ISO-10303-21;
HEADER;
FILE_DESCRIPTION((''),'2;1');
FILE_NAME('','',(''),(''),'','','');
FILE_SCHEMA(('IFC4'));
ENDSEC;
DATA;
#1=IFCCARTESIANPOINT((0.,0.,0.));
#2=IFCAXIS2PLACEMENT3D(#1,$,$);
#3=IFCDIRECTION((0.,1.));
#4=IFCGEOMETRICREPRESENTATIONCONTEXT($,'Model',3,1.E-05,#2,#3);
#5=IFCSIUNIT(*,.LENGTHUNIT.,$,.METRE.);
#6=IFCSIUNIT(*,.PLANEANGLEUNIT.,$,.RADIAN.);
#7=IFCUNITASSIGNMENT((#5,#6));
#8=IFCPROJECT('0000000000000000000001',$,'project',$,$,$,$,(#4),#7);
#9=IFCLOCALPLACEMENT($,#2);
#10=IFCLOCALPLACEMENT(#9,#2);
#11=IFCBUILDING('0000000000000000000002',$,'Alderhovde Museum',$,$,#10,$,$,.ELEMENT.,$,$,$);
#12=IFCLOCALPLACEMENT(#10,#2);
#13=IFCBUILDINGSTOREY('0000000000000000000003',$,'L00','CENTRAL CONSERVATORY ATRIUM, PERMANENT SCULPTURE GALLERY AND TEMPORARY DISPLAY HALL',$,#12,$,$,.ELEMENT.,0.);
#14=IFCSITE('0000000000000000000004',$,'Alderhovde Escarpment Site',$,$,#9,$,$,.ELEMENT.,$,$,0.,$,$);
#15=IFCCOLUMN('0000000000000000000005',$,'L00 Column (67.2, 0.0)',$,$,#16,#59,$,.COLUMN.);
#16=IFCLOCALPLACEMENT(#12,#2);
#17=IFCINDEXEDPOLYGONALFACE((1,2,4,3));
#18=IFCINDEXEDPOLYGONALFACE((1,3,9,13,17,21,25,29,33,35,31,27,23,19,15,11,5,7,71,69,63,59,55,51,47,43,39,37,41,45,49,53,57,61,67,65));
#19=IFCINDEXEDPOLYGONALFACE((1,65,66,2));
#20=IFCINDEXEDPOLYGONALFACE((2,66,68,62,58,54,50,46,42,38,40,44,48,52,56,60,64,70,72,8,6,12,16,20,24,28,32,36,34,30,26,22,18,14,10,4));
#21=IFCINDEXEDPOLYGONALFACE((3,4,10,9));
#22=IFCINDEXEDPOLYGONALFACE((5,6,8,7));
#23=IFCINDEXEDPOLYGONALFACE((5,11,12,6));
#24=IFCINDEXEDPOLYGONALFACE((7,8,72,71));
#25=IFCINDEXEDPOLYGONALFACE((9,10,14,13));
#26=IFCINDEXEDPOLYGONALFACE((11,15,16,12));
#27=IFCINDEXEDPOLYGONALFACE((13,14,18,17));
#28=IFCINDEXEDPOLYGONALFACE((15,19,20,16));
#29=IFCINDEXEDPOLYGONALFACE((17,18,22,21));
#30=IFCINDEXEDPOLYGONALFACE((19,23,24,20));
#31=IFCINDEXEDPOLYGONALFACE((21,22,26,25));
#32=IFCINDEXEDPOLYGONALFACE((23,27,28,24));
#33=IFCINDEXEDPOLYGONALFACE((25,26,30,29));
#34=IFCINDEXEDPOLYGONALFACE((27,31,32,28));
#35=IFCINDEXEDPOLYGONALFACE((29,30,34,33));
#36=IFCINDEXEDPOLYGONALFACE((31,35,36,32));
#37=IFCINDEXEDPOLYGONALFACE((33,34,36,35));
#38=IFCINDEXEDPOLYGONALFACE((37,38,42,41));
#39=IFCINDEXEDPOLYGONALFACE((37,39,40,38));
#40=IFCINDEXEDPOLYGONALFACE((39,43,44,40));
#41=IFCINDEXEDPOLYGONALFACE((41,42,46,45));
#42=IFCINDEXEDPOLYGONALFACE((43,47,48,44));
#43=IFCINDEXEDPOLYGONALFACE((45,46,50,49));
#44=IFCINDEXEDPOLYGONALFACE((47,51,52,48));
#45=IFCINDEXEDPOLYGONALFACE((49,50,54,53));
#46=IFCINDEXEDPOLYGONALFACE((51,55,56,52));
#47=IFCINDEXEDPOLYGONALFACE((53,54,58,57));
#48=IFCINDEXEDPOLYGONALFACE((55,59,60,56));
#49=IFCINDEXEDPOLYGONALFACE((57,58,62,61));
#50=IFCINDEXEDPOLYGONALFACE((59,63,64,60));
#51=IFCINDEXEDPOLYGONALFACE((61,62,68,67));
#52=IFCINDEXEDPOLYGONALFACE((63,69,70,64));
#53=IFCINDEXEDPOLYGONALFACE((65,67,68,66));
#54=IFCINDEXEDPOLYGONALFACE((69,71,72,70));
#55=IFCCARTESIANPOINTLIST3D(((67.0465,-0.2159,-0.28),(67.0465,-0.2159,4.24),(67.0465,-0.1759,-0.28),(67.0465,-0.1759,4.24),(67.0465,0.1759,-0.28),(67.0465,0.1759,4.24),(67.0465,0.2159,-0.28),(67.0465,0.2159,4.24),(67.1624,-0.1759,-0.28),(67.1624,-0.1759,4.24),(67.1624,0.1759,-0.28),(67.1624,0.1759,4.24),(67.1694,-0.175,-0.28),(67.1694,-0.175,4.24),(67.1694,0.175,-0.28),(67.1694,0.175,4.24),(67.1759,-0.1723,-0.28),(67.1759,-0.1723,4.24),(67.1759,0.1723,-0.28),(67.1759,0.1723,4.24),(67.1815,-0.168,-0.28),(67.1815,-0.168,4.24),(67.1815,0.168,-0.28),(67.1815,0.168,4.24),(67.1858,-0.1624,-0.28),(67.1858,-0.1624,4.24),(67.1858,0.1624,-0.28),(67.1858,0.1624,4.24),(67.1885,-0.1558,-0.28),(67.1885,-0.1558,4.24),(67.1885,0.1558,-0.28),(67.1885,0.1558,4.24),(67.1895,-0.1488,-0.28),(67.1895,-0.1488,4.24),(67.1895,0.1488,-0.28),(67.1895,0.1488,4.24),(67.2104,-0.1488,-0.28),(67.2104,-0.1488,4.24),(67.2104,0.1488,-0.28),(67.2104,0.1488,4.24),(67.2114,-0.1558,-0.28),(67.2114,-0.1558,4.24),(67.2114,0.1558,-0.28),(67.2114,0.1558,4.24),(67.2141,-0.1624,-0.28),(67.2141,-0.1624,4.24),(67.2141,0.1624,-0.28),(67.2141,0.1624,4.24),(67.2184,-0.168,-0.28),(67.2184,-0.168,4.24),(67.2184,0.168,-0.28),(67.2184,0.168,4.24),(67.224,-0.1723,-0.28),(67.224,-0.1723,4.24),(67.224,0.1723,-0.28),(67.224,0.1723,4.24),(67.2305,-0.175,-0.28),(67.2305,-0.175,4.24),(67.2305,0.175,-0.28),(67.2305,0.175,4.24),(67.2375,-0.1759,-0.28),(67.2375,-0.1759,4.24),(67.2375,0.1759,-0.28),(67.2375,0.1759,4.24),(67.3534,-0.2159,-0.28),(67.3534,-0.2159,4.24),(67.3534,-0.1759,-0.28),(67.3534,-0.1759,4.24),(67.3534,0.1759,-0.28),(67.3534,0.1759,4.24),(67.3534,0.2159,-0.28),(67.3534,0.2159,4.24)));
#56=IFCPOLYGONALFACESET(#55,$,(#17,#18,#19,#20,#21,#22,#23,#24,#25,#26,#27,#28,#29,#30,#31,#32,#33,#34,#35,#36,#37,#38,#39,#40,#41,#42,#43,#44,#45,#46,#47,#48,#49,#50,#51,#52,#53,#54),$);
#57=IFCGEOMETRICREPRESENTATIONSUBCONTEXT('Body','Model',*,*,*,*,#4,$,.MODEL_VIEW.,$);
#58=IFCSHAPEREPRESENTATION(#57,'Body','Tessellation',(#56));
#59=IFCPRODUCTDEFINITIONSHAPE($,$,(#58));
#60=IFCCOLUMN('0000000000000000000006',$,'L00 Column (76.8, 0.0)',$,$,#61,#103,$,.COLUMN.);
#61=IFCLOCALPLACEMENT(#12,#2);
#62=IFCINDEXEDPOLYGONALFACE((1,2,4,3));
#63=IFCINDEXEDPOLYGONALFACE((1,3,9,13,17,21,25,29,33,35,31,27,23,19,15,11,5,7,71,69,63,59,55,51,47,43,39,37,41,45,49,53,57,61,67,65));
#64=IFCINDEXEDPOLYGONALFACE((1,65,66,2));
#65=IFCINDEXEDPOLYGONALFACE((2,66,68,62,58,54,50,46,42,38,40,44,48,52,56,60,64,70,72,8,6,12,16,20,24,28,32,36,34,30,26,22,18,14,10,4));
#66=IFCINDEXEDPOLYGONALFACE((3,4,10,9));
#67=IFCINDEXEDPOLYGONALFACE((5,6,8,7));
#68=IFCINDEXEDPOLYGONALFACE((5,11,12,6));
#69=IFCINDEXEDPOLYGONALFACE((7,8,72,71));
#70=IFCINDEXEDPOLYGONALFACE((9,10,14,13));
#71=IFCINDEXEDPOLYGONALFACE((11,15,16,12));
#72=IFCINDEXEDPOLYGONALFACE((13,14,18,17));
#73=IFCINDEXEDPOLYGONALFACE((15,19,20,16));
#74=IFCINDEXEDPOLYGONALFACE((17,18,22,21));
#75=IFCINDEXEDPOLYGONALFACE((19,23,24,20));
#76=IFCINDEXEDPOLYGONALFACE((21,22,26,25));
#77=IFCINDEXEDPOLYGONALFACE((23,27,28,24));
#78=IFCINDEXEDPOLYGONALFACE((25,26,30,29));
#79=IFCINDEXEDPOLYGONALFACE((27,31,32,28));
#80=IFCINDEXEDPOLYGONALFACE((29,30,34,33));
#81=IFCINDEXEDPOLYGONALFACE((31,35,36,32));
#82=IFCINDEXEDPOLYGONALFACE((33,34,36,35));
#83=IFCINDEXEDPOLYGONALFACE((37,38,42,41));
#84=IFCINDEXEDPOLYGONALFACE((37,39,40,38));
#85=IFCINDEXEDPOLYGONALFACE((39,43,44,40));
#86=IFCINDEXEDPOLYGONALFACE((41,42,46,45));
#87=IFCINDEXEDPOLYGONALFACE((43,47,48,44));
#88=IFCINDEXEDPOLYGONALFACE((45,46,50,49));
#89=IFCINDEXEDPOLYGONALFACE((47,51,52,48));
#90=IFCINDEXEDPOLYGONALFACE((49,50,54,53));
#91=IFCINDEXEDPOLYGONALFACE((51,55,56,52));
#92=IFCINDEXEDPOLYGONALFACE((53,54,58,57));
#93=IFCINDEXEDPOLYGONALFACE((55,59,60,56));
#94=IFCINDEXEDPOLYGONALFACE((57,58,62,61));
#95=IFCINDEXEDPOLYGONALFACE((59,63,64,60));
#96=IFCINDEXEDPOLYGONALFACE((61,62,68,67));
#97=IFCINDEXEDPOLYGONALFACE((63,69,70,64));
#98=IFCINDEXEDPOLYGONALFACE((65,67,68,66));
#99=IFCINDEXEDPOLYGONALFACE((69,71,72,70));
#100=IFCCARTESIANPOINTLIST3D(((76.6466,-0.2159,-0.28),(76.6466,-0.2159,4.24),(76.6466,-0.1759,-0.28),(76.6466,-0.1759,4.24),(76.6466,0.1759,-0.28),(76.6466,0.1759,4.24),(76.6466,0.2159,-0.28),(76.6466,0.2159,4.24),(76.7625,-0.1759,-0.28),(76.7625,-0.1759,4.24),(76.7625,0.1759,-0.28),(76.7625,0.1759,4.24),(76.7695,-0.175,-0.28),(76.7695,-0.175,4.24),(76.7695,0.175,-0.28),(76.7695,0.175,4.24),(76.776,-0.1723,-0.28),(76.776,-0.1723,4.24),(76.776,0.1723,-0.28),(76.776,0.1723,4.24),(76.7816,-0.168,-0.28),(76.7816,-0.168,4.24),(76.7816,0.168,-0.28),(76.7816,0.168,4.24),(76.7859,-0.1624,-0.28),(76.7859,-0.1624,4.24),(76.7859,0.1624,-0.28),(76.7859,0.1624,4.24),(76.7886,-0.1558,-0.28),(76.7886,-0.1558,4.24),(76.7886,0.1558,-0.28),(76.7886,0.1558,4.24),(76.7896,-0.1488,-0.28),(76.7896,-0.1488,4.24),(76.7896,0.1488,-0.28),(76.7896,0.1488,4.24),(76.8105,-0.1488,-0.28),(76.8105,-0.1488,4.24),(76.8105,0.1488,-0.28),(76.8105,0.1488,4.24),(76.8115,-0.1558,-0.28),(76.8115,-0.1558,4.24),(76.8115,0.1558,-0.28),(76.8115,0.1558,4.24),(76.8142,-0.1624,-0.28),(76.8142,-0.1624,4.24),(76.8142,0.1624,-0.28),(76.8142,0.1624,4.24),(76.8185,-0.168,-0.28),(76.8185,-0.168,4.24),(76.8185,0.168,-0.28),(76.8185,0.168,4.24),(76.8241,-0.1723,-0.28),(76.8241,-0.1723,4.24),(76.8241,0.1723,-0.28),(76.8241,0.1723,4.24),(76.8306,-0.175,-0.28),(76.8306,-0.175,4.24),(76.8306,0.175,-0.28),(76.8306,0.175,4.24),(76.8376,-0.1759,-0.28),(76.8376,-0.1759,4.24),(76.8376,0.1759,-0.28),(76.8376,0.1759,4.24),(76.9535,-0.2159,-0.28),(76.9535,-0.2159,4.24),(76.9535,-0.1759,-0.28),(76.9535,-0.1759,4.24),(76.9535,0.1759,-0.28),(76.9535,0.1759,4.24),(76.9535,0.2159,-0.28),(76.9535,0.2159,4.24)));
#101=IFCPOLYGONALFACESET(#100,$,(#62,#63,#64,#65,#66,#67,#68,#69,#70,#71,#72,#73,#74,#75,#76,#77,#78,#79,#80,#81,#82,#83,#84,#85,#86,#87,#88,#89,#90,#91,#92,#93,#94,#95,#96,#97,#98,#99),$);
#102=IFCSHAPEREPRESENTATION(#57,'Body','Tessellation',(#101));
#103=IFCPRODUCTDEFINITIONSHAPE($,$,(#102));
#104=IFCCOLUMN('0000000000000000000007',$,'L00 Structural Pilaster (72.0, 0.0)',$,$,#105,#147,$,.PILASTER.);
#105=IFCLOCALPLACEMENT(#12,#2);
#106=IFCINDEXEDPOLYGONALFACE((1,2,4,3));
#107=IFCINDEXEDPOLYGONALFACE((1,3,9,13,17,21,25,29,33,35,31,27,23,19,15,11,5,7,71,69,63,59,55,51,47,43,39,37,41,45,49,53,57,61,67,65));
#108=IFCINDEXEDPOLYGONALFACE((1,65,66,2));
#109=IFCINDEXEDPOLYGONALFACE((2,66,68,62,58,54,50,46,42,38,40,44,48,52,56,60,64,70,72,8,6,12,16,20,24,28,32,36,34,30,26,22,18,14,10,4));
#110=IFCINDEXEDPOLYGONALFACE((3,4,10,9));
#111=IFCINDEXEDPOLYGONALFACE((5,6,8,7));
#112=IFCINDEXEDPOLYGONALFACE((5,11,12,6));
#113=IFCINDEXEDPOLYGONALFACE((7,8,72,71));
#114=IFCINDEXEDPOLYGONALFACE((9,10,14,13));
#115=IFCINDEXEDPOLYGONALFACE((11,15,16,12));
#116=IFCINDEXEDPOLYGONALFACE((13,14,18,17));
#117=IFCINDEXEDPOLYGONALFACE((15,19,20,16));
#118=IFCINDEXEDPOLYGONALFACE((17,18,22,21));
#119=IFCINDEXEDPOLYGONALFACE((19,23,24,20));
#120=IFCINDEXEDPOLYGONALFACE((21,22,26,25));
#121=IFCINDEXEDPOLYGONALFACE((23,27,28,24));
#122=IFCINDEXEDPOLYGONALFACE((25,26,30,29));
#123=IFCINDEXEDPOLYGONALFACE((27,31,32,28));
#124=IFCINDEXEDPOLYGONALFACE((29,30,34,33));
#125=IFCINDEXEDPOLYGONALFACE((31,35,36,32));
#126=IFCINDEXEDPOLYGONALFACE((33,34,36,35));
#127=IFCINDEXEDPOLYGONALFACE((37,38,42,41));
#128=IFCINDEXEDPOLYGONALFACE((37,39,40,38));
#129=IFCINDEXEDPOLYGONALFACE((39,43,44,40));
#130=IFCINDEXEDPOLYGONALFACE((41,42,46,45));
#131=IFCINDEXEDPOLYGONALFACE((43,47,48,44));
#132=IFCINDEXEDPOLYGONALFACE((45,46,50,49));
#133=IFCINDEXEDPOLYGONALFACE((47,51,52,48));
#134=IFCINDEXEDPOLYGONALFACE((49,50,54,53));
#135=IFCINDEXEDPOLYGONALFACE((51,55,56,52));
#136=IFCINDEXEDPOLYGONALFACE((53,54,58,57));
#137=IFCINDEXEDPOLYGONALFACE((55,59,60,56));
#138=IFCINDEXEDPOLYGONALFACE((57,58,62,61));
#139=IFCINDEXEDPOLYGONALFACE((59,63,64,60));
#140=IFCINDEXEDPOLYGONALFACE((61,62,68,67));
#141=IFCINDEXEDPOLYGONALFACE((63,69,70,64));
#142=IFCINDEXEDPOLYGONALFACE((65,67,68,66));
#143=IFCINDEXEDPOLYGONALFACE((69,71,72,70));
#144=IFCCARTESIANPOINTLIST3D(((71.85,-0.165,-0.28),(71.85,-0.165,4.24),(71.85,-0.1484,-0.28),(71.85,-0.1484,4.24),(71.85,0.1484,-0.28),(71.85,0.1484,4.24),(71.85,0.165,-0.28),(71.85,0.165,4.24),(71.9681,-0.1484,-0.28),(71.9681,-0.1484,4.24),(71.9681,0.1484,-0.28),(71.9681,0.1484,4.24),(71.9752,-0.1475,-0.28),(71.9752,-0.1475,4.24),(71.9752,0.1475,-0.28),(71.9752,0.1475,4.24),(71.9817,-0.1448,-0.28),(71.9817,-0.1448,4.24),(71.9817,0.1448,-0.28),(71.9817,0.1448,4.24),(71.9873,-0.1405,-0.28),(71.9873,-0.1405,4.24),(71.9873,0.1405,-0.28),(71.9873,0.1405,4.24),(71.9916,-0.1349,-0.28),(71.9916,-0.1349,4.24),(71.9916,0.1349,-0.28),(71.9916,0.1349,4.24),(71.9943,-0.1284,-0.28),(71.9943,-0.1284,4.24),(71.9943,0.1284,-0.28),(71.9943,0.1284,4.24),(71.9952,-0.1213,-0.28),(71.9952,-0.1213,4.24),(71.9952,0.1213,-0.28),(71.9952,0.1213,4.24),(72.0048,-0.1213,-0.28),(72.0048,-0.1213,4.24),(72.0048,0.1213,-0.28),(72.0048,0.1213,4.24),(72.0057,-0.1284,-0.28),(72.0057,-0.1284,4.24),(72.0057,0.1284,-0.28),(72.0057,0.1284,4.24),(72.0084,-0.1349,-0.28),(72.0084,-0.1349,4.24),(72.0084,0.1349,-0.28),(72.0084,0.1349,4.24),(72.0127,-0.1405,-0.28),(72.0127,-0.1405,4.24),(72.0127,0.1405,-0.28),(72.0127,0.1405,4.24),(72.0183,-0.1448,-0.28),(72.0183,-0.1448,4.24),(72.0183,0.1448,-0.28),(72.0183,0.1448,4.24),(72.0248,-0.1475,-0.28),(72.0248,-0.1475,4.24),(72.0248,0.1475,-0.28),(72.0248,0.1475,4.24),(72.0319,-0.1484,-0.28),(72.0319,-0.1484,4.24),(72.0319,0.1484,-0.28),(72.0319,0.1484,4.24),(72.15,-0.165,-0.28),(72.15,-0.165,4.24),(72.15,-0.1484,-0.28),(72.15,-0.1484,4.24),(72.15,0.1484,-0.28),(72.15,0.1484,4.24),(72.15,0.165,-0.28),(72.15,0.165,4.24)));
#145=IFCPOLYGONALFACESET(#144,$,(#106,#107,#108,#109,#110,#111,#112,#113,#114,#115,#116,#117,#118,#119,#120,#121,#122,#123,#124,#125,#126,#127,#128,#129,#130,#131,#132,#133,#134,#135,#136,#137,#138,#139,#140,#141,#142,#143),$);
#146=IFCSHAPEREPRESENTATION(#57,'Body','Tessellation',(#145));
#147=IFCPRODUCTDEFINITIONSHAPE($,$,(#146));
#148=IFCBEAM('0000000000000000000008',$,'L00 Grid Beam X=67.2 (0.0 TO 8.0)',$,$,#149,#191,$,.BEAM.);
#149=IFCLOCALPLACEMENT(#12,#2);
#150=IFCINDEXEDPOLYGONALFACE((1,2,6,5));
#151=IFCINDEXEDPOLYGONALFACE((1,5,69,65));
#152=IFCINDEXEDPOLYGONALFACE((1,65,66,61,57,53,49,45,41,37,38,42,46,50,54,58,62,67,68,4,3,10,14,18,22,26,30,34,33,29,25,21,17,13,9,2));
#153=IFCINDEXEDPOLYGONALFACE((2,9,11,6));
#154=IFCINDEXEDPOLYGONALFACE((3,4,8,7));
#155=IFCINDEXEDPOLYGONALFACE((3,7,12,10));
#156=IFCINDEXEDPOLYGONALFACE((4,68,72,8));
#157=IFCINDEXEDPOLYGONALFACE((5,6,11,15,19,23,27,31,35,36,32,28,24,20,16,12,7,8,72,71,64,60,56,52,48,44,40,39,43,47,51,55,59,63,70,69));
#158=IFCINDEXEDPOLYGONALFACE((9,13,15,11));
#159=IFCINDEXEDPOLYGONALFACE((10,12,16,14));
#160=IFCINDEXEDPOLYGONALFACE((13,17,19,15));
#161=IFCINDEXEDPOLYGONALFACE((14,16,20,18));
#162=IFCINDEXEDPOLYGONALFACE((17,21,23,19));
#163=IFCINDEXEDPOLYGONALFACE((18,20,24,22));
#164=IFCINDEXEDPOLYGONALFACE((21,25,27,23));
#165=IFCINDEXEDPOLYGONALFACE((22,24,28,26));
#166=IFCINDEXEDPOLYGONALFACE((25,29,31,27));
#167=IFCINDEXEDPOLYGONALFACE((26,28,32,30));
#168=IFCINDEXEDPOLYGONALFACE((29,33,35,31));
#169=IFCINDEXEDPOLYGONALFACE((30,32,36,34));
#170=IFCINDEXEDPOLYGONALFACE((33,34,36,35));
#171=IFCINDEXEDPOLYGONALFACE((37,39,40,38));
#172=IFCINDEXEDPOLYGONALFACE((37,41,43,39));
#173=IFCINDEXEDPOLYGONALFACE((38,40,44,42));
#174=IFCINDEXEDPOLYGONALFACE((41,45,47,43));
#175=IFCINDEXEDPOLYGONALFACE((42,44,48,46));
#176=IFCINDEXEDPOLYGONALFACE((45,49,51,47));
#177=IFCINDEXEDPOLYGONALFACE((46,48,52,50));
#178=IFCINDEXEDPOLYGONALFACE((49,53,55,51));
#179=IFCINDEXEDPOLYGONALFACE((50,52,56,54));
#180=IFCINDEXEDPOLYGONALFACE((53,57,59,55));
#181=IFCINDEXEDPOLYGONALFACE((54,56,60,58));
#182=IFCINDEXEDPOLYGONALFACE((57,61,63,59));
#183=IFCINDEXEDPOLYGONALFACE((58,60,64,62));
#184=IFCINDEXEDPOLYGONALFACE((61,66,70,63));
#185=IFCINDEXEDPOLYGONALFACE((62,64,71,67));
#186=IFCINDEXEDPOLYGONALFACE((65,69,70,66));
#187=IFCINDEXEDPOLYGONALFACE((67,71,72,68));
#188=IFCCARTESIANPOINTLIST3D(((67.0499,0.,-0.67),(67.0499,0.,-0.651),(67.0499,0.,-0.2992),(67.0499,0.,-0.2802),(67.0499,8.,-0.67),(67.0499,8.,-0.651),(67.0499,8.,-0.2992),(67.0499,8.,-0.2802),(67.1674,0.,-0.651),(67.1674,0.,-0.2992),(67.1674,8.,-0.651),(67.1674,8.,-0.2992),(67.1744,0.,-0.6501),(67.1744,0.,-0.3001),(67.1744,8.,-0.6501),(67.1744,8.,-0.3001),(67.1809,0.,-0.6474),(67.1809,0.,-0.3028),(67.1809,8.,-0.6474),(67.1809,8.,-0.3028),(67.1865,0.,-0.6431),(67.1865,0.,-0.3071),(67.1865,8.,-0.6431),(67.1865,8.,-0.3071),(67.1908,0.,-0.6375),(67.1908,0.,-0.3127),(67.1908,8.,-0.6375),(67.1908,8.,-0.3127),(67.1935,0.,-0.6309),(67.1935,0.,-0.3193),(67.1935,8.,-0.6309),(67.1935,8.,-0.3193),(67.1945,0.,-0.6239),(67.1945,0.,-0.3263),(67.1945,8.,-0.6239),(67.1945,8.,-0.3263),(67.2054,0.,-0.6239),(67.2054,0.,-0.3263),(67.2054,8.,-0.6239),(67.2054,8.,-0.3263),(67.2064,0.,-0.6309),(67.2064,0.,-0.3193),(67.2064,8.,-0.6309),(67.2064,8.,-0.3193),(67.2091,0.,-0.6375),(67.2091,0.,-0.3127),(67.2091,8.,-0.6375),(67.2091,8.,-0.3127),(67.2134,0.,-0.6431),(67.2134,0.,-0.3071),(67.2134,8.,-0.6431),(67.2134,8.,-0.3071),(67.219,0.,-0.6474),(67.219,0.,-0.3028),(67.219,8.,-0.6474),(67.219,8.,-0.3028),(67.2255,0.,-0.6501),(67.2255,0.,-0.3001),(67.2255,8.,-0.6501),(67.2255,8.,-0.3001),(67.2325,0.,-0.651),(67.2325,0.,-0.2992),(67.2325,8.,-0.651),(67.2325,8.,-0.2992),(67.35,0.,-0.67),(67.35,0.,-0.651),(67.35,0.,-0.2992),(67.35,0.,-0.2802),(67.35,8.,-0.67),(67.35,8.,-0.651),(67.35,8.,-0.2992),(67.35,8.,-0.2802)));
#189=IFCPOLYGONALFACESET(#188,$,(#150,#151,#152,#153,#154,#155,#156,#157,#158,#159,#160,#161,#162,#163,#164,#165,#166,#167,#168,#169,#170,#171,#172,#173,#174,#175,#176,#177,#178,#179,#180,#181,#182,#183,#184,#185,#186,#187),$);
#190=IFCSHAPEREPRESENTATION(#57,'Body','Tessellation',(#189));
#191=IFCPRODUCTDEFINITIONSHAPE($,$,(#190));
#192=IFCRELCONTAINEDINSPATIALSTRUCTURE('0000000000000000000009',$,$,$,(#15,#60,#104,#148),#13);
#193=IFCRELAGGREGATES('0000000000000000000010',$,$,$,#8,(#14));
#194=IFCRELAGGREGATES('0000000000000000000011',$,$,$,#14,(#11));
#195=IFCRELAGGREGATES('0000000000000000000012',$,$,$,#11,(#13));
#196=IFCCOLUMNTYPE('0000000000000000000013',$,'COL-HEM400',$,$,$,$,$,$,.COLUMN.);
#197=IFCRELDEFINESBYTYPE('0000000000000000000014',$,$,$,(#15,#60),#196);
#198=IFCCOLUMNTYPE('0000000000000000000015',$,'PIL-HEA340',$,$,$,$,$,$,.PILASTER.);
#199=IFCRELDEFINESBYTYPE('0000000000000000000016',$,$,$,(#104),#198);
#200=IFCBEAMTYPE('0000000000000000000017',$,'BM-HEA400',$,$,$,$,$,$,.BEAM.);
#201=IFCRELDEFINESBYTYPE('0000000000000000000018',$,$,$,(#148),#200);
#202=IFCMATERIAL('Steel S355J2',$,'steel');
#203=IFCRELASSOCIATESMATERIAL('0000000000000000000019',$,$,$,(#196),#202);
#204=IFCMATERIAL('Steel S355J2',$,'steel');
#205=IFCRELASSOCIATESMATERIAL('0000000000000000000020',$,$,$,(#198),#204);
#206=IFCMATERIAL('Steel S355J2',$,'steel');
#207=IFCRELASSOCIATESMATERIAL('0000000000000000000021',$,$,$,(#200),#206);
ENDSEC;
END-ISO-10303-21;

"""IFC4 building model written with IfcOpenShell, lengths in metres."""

from ifc_helpers import new_model, si_unit, direction, frame, origin, origin_2d, place, context, subcontext, project, spatial, i_section, extrude, material, material_profile, profile_set, type_object, element, save


model = new_model("IFC4")

# Units and contexts
model_context = context("Model", 3, precision=1e-05, world=origin(), true_north=direction((0.0, 1.0)))
body_context = subcontext(model_context, "Body", "Model", "MODEL_VIEW")
ifc_project = project(units=[si_unit("LENGTHUNIT", "METRE"), si_unit("PLANEANGLEUNIT", "RADIAN")], contexts=[model_context])

# Site, building, storey
site_placement = place(None, origin())
site = spatial("IfcSite", under=ifc_project, at=site_placement, Name="Alderhovde Escarpment Site", CompositionType="ELEMENT", RefElevation=0.0)
building_placement = place(site_placement, origin())
building = spatial("IfcBuilding", under=site, at=building_placement, Name="Alderhovde Museum", CompositionType="ELEMENT")
storey_placement = place(building_placement, origin())
storey = spatial("IfcBuildingStorey", under=building, at=storey_placement, Name="L00", Description="CENTRAL CONSERVATORY ATRIUM, PERMANENT SCULPTURE GALLERY AND TEMPORARY DISPLAY HALL", CompositionType="ELEMENT", Elevation=0.0)

# Columns
ifc_material_1 = material(Name="Steel S355J2", Category="steel")
ifc_material_profile_1 = material_profile(ifc_material_1, i_section(OverallWidth=0.3069, OverallDepth=0.4319, WebThickness=0.021, FlangeThickness=0.04, FilletRadius=0.0271, at=origin_2d()), Name="HEM 400")
ifc_profile_set_1 = profile_set([ifc_material_profile_1], Name="Steel S355J2")
column_type_1 = type_object("IfcColumnType", Name="COL-HEM400", PredefinedType="COLUMN", material=ifc_profile_set_1)
for number, where, z_axis, x_axis, name in (
    (1, (67.2, 0.0, -0.28), (0.0, 0.0, 1.0), (1.0, 0.0, 0.0), "L00 Column (67.2, 0.0)"),
    (2, (76.8, 0.0, -0.28), (0.0, 0.0, 1.0), (1.0, 0.0, 0.0), "L00 Column (76.8, 0.0)"),
):
    element("IfcColumn", number, at=place(storey_placement, frame(where, z_axis=z_axis, x_axis=x_axis)), inside=storey, type_object=column_type_1, Name=name, PredefinedType="COLUMN", context=body_context, shape_type="SweptSolid", body=[
        extrude(i_section(OverallWidth=0.3069, OverallDepth=0.4319, WebThickness=0.021, FlangeThickness=0.04, FilletRadius=0.0271, at=origin_2d()), origin(), (0.0, 0.0, 1.0), 4.52),
    ])
ifc_material_2 = material(Name="Steel S355J2", Category="steel")
ifc_material_profile_2 = material_profile(ifc_material_2, i_section(OverallWidth=0.3, OverallDepth=0.3301, WebThickness=0.0095, FlangeThickness=0.0166, FilletRadius=0.0271, at=origin_2d()), Name="HEA 340")
ifc_profile_set_2 = profile_set([ifc_material_profile_2], Name="Steel S355J2")
column_type_2 = type_object("IfcColumnType", Name="PIL-HEA340", PredefinedType="PILASTER", material=ifc_profile_set_2)
column_placement = place(storey_placement, frame((72.0, 0.0, -0.28), z_axis=(0.0, 0.0, 1.0), x_axis=(1.0, 0.0, 0.0)))
element("IfcColumn", 3, at=column_placement, inside=storey, type_object=column_type_2, Name="L00 Structural Pilaster (72.0, 0.0)", PredefinedType="PILASTER", context=body_context, shape_type="SweptSolid", body=[
    extrude(i_section(OverallWidth=0.3, OverallDepth=0.3301, WebThickness=0.0095, FlangeThickness=0.0166, FilletRadius=0.0271, at=origin_2d()), origin(), (0.0, 0.0, 1.0), 4.52),
])

# Beam
ifc_material_3 = material(Name="Steel S355J2", Category="steel")
ifc_material_profile_3 = material_profile(ifc_material_3, i_section(OverallWidth=0.3, OverallDepth=0.3899, WebThickness=0.011, FlangeThickness=0.019, FilletRadius=0.0271, at=origin_2d()), Name="HEA 400")
ifc_profile_set_3 = profile_set([ifc_material_profile_3], Name="Steel S355J2")
beam_type_1 = type_object("IfcBeamType", Name="BM-HEA400", PredefinedType="BEAM", material=ifc_profile_set_3)
for number, where, z_axis, x_axis, name in (
    (4, (67.2, 0.0, -0.4751), (0.0, 1.0, 0.0), (-1.0, 0.0, 0.0), "L00 Grid Beam X=67.2 (0.0 TO 8.0)"),
):
    element("IfcBeam", number, at=place(storey_placement, frame(where, z_axis=z_axis, x_axis=x_axis)), inside=storey, type_object=beam_type_1, Name=name, PredefinedType="BEAM", context=body_context, shape_type="SweptSolid", body=[
        extrude(i_section(OverallWidth=0.3, OverallDepth=0.3899, WebThickness=0.011, FlangeThickness=0.019, FilletRadius=0.0271, at=origin_2d()), origin(), (0.0, 0.0, 1.0), 8.0),
    ])

save(model, "model.ifc")
